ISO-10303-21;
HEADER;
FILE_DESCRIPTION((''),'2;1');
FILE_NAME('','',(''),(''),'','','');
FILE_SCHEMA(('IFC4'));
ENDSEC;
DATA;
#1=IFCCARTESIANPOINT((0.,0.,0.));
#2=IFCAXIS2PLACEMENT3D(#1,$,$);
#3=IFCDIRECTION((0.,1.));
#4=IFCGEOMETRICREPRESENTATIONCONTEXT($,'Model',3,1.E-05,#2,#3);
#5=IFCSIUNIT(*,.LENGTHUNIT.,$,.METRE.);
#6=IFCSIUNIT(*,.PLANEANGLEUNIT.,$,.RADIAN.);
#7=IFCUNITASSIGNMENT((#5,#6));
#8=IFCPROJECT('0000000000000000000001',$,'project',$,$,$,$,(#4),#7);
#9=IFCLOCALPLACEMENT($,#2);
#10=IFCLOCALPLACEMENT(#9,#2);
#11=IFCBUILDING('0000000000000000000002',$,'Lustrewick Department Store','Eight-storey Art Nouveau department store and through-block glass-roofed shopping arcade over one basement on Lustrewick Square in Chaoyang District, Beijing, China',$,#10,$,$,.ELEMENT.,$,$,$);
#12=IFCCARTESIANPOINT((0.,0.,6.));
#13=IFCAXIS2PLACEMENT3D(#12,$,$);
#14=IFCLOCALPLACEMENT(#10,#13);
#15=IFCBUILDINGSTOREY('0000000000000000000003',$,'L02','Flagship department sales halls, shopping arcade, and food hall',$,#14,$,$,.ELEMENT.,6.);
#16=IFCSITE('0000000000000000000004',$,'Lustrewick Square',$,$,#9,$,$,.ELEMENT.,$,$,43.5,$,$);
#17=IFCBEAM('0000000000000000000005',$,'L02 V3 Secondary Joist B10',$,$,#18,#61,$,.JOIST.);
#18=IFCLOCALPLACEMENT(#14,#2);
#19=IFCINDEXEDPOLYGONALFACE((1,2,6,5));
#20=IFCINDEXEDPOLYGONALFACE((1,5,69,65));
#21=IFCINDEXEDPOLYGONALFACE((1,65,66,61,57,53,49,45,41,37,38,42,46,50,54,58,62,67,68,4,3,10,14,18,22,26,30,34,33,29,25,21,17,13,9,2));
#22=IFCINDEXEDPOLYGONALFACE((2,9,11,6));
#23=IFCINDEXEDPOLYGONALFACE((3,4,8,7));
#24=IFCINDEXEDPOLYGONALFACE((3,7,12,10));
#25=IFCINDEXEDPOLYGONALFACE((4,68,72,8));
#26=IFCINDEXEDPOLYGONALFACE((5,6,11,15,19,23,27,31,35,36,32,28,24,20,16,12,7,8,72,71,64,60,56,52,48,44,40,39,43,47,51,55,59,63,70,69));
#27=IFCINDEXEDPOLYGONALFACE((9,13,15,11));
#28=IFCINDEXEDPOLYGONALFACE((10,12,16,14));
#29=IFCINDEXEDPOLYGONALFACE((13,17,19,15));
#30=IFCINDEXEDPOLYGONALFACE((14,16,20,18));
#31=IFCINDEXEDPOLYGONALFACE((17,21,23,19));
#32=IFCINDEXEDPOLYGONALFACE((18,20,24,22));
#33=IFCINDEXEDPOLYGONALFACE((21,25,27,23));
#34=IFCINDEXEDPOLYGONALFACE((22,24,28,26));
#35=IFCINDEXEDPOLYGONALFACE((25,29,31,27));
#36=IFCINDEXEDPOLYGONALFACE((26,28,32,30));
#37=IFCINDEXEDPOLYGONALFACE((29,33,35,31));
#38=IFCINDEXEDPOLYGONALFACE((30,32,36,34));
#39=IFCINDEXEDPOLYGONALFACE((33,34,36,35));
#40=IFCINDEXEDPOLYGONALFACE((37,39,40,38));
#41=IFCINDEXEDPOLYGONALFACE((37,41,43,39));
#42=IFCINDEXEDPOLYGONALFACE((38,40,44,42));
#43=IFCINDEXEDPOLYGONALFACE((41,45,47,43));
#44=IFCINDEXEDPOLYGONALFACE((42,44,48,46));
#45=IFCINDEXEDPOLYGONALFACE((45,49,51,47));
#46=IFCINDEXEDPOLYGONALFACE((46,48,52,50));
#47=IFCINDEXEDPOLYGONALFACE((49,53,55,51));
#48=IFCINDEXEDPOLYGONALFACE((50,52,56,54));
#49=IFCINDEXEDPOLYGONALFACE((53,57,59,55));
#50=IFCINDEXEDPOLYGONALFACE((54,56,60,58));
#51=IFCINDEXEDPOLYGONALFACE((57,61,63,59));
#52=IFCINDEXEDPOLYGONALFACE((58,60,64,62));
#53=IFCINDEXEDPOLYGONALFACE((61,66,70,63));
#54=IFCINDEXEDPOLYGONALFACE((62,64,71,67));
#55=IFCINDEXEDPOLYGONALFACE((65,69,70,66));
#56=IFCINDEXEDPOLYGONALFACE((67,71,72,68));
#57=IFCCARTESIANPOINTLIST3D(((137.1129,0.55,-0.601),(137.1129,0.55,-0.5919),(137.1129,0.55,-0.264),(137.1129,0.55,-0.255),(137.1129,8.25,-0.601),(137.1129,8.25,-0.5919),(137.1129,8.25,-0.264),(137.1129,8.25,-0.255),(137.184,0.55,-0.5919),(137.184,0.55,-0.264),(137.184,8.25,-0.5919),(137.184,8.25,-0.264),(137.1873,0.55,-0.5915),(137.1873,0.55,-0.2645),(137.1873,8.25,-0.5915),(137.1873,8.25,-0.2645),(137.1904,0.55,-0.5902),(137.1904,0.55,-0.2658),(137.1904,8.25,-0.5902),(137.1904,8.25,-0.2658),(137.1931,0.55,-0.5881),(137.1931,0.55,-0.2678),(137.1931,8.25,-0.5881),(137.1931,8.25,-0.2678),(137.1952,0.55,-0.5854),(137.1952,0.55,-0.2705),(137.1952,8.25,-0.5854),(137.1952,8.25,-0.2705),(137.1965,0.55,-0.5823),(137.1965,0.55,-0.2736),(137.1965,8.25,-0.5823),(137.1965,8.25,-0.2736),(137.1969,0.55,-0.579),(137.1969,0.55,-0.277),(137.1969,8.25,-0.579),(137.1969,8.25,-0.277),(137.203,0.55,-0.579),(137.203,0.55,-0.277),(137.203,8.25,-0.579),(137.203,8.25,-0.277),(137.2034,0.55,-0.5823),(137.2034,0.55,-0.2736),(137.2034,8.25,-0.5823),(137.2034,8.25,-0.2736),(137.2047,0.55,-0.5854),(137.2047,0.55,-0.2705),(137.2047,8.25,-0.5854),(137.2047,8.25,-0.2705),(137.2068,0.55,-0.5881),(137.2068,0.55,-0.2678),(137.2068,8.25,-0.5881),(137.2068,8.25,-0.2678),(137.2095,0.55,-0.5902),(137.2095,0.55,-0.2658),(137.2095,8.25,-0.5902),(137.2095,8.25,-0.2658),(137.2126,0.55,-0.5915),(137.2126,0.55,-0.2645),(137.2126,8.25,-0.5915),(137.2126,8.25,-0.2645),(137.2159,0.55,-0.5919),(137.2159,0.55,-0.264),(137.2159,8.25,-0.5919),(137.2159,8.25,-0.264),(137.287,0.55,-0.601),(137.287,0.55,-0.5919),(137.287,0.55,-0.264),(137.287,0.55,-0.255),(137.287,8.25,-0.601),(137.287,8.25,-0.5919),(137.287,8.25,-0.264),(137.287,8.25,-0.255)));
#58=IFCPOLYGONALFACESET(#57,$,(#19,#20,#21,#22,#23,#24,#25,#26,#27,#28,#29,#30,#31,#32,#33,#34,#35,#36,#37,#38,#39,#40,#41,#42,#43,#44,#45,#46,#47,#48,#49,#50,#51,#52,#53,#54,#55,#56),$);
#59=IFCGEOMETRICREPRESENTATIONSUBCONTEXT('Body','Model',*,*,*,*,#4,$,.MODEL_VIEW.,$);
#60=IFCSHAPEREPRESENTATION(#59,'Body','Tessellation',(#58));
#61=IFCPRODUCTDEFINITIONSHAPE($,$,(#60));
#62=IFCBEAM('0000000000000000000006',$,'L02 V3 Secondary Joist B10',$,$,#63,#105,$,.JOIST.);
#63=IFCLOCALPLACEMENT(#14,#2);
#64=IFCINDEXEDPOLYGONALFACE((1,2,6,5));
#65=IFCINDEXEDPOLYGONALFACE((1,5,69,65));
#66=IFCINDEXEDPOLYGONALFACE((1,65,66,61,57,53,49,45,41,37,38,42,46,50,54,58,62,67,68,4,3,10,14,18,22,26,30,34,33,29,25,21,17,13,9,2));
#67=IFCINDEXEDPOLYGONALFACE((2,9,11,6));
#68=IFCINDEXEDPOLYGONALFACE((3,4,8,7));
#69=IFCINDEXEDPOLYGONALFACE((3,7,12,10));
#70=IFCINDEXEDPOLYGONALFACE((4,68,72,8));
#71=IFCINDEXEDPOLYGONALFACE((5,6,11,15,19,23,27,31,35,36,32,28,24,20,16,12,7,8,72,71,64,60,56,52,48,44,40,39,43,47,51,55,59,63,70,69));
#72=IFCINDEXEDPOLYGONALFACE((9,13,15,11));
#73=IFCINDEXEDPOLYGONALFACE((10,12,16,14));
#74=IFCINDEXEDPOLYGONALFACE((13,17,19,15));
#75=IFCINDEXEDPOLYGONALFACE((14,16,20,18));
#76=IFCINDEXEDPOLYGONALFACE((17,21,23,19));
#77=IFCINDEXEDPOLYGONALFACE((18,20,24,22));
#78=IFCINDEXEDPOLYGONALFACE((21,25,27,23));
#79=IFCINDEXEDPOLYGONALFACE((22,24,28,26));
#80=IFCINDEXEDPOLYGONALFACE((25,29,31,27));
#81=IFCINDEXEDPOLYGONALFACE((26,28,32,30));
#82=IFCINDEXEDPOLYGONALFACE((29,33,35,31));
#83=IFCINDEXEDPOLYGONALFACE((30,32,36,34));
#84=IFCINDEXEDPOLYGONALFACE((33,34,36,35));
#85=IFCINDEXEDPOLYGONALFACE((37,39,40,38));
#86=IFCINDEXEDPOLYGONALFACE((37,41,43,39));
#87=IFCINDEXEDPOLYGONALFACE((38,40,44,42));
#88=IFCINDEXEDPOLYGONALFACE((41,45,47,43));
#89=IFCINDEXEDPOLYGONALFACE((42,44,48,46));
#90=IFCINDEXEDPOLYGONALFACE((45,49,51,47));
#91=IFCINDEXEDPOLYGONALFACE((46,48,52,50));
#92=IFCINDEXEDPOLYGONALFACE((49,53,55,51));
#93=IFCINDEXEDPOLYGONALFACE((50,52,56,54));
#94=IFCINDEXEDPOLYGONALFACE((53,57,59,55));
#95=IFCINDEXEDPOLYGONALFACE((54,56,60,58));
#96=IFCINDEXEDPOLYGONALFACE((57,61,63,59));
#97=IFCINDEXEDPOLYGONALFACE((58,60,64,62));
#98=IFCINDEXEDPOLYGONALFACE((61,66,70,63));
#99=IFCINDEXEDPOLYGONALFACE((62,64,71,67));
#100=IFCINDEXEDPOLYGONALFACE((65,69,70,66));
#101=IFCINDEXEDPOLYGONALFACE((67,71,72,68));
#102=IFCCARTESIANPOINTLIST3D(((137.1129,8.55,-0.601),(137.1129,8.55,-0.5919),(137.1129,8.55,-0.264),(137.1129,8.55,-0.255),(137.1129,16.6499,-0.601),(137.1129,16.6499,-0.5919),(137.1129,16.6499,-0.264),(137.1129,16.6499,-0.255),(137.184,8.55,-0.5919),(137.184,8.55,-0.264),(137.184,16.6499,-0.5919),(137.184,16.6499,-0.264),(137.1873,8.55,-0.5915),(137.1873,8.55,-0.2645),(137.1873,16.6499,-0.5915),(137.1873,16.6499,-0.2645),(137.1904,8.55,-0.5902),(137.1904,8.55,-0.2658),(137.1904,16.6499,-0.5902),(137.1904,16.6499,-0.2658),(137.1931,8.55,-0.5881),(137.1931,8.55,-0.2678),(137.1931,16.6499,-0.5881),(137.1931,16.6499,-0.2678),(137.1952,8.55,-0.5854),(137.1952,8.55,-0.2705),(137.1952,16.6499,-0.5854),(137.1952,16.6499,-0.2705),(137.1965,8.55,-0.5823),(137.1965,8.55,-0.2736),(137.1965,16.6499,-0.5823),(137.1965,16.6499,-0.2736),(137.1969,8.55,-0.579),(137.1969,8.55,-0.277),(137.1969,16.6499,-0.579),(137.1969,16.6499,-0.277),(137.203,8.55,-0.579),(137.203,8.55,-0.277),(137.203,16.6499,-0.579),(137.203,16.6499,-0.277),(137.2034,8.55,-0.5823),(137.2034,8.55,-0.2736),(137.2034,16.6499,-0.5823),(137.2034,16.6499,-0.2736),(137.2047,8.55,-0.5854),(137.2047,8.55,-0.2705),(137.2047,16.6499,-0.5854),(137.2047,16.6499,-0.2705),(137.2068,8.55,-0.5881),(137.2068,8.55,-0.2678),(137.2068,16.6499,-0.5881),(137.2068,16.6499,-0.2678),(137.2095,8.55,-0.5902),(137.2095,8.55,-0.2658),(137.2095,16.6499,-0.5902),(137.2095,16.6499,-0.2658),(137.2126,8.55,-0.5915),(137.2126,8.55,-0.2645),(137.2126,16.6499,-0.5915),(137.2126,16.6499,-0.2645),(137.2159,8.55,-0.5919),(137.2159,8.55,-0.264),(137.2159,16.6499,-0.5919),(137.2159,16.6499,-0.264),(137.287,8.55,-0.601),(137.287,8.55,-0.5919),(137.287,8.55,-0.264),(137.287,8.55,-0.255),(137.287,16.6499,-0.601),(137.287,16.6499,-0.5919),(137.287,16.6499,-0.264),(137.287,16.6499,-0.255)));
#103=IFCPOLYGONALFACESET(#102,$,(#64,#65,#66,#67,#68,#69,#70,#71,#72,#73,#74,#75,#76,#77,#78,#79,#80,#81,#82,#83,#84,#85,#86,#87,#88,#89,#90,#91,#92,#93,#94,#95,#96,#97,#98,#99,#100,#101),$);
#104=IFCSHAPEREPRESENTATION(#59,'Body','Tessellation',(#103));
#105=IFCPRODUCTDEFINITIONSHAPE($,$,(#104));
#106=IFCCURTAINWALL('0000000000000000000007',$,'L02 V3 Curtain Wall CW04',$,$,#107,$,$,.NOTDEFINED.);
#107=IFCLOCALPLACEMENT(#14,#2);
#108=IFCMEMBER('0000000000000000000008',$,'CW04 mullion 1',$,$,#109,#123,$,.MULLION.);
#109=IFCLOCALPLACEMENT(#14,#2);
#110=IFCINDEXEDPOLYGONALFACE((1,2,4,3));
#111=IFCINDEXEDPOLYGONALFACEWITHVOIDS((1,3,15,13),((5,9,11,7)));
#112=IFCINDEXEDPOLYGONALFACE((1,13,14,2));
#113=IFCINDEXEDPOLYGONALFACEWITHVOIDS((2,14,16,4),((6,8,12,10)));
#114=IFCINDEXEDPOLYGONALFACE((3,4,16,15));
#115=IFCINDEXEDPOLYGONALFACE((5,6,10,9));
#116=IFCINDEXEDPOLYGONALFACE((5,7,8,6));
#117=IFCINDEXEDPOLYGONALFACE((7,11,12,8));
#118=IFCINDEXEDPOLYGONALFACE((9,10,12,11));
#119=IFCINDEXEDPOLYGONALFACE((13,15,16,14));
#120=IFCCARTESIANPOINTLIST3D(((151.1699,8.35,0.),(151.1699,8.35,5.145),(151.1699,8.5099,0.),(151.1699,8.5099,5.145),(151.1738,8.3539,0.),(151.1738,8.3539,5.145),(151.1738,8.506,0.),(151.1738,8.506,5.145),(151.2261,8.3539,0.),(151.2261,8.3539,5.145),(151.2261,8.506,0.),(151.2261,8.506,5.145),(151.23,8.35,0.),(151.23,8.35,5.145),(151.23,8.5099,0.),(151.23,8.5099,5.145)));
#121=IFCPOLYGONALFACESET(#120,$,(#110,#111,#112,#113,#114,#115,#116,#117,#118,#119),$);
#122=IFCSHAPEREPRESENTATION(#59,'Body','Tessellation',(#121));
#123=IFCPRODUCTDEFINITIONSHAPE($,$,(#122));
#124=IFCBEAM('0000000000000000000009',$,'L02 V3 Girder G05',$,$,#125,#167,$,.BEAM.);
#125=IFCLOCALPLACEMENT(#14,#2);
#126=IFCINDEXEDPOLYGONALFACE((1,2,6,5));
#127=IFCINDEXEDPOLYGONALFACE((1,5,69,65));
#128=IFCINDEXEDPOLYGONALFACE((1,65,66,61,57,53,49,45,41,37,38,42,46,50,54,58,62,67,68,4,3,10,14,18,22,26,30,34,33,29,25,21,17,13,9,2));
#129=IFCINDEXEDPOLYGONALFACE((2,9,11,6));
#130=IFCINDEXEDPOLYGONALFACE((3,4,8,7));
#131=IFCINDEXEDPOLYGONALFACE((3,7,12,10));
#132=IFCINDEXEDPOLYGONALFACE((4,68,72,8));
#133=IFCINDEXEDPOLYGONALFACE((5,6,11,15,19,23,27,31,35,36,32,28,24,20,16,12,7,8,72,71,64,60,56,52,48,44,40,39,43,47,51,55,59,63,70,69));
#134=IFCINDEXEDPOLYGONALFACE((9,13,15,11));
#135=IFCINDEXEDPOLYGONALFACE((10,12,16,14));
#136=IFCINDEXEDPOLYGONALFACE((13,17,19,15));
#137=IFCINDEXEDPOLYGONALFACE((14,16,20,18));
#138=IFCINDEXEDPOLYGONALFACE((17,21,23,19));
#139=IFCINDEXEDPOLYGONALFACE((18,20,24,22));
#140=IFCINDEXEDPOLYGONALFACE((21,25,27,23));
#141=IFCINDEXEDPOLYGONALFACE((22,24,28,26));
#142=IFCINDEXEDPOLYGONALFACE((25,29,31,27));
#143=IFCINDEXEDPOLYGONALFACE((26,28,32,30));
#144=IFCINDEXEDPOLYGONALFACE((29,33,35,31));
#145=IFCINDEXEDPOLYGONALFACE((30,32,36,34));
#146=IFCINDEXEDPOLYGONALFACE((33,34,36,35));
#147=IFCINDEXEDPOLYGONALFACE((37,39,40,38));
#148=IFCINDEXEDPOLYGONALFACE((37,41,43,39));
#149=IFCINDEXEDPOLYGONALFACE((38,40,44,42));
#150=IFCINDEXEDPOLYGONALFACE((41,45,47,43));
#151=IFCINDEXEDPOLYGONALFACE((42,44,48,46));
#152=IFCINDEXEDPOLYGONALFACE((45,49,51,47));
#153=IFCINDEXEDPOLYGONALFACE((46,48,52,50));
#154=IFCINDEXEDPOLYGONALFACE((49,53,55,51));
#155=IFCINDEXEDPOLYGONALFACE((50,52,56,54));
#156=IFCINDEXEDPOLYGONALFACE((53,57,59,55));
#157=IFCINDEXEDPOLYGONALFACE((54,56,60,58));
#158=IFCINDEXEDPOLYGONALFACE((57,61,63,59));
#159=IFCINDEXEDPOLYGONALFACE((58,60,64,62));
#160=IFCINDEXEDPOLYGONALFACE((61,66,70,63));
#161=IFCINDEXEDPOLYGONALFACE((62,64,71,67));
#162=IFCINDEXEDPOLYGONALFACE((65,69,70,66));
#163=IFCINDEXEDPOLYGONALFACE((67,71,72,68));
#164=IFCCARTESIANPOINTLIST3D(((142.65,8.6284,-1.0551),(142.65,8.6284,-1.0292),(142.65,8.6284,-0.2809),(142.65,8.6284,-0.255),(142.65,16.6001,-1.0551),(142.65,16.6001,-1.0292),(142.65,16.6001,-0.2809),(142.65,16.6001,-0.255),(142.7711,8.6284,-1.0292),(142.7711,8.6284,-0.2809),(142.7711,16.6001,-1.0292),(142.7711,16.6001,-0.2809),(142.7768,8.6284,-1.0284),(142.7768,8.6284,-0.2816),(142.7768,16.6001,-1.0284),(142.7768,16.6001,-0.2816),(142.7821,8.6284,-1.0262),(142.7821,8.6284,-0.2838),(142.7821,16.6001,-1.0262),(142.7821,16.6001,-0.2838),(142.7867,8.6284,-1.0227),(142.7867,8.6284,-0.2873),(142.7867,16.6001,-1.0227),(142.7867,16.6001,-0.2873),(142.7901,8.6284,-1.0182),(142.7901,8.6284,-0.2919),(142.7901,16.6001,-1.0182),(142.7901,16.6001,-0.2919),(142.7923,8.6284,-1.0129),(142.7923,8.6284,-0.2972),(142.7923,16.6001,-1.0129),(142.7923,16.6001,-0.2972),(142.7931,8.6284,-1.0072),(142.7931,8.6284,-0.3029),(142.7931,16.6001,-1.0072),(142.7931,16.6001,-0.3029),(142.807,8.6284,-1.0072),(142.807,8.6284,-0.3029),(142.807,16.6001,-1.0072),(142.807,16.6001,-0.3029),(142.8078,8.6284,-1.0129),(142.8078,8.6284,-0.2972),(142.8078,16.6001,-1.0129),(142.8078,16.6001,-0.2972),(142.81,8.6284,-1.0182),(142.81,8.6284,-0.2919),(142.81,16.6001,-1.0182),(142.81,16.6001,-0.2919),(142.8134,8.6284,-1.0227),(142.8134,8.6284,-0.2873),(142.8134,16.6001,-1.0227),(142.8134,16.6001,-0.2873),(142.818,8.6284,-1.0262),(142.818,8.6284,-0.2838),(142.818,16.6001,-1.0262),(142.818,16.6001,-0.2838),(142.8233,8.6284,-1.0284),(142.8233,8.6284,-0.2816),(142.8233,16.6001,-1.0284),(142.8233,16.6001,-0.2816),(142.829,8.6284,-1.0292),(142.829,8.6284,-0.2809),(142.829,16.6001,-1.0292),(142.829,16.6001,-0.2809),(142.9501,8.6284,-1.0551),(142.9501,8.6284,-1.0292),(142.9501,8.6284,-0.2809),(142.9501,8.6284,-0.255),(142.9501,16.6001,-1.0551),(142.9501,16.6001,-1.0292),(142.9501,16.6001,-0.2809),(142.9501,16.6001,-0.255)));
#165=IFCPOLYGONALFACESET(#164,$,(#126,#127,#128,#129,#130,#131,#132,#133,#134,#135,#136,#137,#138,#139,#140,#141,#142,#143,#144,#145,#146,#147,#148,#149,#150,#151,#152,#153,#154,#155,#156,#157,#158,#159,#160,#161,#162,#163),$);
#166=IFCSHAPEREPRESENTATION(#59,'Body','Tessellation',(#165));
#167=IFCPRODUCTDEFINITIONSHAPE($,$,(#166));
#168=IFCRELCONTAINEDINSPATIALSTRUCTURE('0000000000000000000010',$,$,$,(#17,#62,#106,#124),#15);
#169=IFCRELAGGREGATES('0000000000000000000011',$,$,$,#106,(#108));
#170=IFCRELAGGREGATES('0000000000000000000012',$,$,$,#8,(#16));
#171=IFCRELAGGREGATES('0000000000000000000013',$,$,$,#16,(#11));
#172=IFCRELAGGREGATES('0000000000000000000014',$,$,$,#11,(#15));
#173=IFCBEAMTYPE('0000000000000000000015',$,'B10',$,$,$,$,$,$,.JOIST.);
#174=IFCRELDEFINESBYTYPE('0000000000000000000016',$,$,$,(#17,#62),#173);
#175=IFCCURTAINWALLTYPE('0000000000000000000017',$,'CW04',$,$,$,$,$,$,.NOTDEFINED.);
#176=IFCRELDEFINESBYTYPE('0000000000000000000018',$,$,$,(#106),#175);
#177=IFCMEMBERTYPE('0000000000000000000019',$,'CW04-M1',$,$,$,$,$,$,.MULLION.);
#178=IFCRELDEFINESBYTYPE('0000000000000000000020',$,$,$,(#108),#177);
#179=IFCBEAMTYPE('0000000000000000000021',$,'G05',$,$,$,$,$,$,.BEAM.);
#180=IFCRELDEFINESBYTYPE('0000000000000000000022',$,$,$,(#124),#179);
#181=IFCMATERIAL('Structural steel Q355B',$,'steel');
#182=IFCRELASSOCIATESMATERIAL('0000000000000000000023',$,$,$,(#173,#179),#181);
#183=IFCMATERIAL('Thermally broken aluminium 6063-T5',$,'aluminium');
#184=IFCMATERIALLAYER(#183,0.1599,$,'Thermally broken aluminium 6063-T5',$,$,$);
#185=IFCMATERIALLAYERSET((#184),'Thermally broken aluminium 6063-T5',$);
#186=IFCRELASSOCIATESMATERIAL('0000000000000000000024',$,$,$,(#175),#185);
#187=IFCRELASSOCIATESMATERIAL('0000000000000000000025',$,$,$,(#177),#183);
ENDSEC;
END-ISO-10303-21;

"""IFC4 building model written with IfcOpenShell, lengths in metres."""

from ifc_helpers import new_model, si_unit, direction, frame, origin, origin_2d, place, context, subcontext, project, spatial, hollow_rectangle, i_section, extrude, material, layer, layer_set, material_profile, profile_set, type_object, element, aggregate, save


model = new_model("IFC4")

# Units and contexts
model_context = context("Model", 3, precision=1e-05, world=origin(), true_north=direction((0.0, 1.0)))
body_context = subcontext(model_context, "Body", "Model", "MODEL_VIEW")
ifc_project = project(units=[si_unit("LENGTHUNIT", "METRE"), si_unit("PLANEANGLEUNIT", "RADIAN")], contexts=[model_context])

# Site, building, storey
site_placement = place(None, origin())
site = spatial("IfcSite", under=ifc_project, at=site_placement, Name="Lustrewick Square", CompositionType="ELEMENT", RefElevation=43.5)
building_placement = place(site_placement, origin())
building = spatial("IfcBuilding", under=site, at=building_placement, Name="Lustrewick Department Store", Description="Eight-storey Art Nouveau department store and through-block glass-roofed shopping arcade over one basement on Lustrewick Square in Chaoyang District, Beijing, China", CompositionType="ELEMENT")
storey_placement = place(building_placement, frame((0.0, 0.0, 6.0)))
storey = spatial("IfcBuildingStorey", under=building, at=storey_placement, Name="L02", Description="Flagship department sales halls, shopping arcade, and food hall", CompositionType="ELEMENT", Elevation=6.0)

# Shared definitions
ifc_material_1 = material(Name="Structural steel Q355B", Category="steel")

# Beams
ifc_material_profile_1 = material_profile(ifc_material_1, i_section(OverallWidth=0.1741, OverallDepth=0.3459, WebThickness=0.0061, FlangeThickness=0.009, FilletRadius=0.0129, at=origin_2d()), Name="HN 346x174x6x9")
ifc_profile_set_1 = profile_set([ifc_material_profile_1], Name="Structural steel Q355B")
beam_type_1 = type_object("IfcBeamType", Name="B10", PredefinedType="JOIST", material=ifc_profile_set_1)
beam_1_placement = place(storey_placement, frame((137.2, 0.55, -0.428), z_axis=(0.0, 1.0, 0.0), x_axis=(-1.0, 0.0, 0.0)))
element("IfcBeam", 1, at=beam_1_placement, inside=storey, type_object=beam_type_1, Name="L02 V3 Secondary Joist B10", PredefinedType="JOIST", context=body_context, shape_type="SweptSolid", body=[
    extrude(i_section(OverallWidth=0.1741, OverallDepth=0.3459, WebThickness=0.0061, FlangeThickness=0.009, FilletRadius=0.0129, at=origin_2d()), origin(), (0.0, 0.0, 1.0), 7.7),
])
beam_2_placement = place(storey_placement, frame((137.2, 8.55, -0.428), z_axis=(0.0, 1.0, 0.0), x_axis=(-1.0, 0.0, 0.0)))
element("IfcBeam", 2, at=beam_2_placement, inside=storey, type_object=beam_type_1, Name="L02 V3 Secondary Joist B10", PredefinedType="JOIST", context=body_context, shape_type="SweptSolid", body=[
    extrude(i_section(OverallWidth=0.1741, OverallDepth=0.3459, WebThickness=0.0061, FlangeThickness=0.009, FilletRadius=0.0129, at=origin_2d()), origin(), (0.0, 0.0, 1.0), 8.0999),
])

# Curtain wall, member
ifc_material_2 = material(Name="Thermally broken aluminium 6063-T5", Category="aluminium")
ifc_layer_1 = layer(ifc_material_2, 0.1599, Name="Thermally broken aluminium 6063-T5")
ifc_layer_set_1 = layer_set([ifc_layer_1], Name="Thermally broken aluminium 6063-T5")
curtain_wall_type = type_object("IfcCurtainWallType", Name="CW04", PredefinedType="NOTDEFINED", material=ifc_layer_set_1)
curtain_wall_placement = place(storey_placement, origin())
curtain_wall = element("IfcCurtainWall", 3, at=curtain_wall_placement, inside=storey, type_object=curtain_wall_type, Name="L02 V3 Curtain Wall CW04", PredefinedType="NOTDEFINED")
ifc_material_profile_2 = material_profile(ifc_material_2, hollow_rectangle(XDim=0.0601, YDim=0.1599, WallThickness=0.0039, at=origin_2d()), Name="ALU-M 60x160x4")
ifc_profile_set_2 = profile_set([ifc_material_profile_2], Name="Thermally broken aluminium 6063-T5")
member_type = type_object("IfcMemberType", Name="CW04-M1", PredefinedType="MULLION", material=ifc_profile_set_2)
member_placement = place(storey_placement, frame((151.2, 8.4299, 0.0), z_axis=(0.0, 0.0, 1.0), x_axis=(-1.0, 0.0, 0.0)))
member = element("IfcMember", 4, at=member_placement, type_object=member_type, Name="CW04 mullion 1", PredefinedType="MULLION", context=body_context, shape_type="SweptSolid", body=[
    extrude(hollow_rectangle(XDim=0.0601, YDim=0.1599, WallThickness=0.0039, at=origin_2d()), origin(), (0.0, 0.0, 1.0), 5.145),
])
aggregate(curtain_wall, [member])

# Beam
ifc_material_profile_3 = material_profile(ifc_material_1, i_section(OverallWidth=0.3, OverallDepth=0.8, WebThickness=0.0139, FlangeThickness=0.0259, FilletRadius=0.022, at=origin_2d()), Name="HN 800x300x14x26")
ifc_profile_set_3 = profile_set([ifc_material_profile_3], Name="Structural steel Q355B")
beam_type_2 = type_object("IfcBeamType", Name="G05", PredefinedType="BEAM", material=ifc_profile_set_3)
beam_3_placement = place(storey_placement, frame((142.8, 8.6284, -0.655), z_axis=(0.0, 1.0, 0.0), x_axis=(-1.0, 0.0, 0.0)))
element("IfcBeam", 5, at=beam_3_placement, inside=storey, type_object=beam_type_2, Name="L02 V3 Girder G05", PredefinedType="BEAM", context=body_context, shape_type="SweptSolid", body=[
    extrude(i_section(OverallWidth=0.3, OverallDepth=0.8, WebThickness=0.0139, FlangeThickness=0.0259, FilletRadius=0.022, at=origin_2d()), origin(), (0.0, 0.0, 1.0), 7.9717),
])

save(model, "model.ifc")
